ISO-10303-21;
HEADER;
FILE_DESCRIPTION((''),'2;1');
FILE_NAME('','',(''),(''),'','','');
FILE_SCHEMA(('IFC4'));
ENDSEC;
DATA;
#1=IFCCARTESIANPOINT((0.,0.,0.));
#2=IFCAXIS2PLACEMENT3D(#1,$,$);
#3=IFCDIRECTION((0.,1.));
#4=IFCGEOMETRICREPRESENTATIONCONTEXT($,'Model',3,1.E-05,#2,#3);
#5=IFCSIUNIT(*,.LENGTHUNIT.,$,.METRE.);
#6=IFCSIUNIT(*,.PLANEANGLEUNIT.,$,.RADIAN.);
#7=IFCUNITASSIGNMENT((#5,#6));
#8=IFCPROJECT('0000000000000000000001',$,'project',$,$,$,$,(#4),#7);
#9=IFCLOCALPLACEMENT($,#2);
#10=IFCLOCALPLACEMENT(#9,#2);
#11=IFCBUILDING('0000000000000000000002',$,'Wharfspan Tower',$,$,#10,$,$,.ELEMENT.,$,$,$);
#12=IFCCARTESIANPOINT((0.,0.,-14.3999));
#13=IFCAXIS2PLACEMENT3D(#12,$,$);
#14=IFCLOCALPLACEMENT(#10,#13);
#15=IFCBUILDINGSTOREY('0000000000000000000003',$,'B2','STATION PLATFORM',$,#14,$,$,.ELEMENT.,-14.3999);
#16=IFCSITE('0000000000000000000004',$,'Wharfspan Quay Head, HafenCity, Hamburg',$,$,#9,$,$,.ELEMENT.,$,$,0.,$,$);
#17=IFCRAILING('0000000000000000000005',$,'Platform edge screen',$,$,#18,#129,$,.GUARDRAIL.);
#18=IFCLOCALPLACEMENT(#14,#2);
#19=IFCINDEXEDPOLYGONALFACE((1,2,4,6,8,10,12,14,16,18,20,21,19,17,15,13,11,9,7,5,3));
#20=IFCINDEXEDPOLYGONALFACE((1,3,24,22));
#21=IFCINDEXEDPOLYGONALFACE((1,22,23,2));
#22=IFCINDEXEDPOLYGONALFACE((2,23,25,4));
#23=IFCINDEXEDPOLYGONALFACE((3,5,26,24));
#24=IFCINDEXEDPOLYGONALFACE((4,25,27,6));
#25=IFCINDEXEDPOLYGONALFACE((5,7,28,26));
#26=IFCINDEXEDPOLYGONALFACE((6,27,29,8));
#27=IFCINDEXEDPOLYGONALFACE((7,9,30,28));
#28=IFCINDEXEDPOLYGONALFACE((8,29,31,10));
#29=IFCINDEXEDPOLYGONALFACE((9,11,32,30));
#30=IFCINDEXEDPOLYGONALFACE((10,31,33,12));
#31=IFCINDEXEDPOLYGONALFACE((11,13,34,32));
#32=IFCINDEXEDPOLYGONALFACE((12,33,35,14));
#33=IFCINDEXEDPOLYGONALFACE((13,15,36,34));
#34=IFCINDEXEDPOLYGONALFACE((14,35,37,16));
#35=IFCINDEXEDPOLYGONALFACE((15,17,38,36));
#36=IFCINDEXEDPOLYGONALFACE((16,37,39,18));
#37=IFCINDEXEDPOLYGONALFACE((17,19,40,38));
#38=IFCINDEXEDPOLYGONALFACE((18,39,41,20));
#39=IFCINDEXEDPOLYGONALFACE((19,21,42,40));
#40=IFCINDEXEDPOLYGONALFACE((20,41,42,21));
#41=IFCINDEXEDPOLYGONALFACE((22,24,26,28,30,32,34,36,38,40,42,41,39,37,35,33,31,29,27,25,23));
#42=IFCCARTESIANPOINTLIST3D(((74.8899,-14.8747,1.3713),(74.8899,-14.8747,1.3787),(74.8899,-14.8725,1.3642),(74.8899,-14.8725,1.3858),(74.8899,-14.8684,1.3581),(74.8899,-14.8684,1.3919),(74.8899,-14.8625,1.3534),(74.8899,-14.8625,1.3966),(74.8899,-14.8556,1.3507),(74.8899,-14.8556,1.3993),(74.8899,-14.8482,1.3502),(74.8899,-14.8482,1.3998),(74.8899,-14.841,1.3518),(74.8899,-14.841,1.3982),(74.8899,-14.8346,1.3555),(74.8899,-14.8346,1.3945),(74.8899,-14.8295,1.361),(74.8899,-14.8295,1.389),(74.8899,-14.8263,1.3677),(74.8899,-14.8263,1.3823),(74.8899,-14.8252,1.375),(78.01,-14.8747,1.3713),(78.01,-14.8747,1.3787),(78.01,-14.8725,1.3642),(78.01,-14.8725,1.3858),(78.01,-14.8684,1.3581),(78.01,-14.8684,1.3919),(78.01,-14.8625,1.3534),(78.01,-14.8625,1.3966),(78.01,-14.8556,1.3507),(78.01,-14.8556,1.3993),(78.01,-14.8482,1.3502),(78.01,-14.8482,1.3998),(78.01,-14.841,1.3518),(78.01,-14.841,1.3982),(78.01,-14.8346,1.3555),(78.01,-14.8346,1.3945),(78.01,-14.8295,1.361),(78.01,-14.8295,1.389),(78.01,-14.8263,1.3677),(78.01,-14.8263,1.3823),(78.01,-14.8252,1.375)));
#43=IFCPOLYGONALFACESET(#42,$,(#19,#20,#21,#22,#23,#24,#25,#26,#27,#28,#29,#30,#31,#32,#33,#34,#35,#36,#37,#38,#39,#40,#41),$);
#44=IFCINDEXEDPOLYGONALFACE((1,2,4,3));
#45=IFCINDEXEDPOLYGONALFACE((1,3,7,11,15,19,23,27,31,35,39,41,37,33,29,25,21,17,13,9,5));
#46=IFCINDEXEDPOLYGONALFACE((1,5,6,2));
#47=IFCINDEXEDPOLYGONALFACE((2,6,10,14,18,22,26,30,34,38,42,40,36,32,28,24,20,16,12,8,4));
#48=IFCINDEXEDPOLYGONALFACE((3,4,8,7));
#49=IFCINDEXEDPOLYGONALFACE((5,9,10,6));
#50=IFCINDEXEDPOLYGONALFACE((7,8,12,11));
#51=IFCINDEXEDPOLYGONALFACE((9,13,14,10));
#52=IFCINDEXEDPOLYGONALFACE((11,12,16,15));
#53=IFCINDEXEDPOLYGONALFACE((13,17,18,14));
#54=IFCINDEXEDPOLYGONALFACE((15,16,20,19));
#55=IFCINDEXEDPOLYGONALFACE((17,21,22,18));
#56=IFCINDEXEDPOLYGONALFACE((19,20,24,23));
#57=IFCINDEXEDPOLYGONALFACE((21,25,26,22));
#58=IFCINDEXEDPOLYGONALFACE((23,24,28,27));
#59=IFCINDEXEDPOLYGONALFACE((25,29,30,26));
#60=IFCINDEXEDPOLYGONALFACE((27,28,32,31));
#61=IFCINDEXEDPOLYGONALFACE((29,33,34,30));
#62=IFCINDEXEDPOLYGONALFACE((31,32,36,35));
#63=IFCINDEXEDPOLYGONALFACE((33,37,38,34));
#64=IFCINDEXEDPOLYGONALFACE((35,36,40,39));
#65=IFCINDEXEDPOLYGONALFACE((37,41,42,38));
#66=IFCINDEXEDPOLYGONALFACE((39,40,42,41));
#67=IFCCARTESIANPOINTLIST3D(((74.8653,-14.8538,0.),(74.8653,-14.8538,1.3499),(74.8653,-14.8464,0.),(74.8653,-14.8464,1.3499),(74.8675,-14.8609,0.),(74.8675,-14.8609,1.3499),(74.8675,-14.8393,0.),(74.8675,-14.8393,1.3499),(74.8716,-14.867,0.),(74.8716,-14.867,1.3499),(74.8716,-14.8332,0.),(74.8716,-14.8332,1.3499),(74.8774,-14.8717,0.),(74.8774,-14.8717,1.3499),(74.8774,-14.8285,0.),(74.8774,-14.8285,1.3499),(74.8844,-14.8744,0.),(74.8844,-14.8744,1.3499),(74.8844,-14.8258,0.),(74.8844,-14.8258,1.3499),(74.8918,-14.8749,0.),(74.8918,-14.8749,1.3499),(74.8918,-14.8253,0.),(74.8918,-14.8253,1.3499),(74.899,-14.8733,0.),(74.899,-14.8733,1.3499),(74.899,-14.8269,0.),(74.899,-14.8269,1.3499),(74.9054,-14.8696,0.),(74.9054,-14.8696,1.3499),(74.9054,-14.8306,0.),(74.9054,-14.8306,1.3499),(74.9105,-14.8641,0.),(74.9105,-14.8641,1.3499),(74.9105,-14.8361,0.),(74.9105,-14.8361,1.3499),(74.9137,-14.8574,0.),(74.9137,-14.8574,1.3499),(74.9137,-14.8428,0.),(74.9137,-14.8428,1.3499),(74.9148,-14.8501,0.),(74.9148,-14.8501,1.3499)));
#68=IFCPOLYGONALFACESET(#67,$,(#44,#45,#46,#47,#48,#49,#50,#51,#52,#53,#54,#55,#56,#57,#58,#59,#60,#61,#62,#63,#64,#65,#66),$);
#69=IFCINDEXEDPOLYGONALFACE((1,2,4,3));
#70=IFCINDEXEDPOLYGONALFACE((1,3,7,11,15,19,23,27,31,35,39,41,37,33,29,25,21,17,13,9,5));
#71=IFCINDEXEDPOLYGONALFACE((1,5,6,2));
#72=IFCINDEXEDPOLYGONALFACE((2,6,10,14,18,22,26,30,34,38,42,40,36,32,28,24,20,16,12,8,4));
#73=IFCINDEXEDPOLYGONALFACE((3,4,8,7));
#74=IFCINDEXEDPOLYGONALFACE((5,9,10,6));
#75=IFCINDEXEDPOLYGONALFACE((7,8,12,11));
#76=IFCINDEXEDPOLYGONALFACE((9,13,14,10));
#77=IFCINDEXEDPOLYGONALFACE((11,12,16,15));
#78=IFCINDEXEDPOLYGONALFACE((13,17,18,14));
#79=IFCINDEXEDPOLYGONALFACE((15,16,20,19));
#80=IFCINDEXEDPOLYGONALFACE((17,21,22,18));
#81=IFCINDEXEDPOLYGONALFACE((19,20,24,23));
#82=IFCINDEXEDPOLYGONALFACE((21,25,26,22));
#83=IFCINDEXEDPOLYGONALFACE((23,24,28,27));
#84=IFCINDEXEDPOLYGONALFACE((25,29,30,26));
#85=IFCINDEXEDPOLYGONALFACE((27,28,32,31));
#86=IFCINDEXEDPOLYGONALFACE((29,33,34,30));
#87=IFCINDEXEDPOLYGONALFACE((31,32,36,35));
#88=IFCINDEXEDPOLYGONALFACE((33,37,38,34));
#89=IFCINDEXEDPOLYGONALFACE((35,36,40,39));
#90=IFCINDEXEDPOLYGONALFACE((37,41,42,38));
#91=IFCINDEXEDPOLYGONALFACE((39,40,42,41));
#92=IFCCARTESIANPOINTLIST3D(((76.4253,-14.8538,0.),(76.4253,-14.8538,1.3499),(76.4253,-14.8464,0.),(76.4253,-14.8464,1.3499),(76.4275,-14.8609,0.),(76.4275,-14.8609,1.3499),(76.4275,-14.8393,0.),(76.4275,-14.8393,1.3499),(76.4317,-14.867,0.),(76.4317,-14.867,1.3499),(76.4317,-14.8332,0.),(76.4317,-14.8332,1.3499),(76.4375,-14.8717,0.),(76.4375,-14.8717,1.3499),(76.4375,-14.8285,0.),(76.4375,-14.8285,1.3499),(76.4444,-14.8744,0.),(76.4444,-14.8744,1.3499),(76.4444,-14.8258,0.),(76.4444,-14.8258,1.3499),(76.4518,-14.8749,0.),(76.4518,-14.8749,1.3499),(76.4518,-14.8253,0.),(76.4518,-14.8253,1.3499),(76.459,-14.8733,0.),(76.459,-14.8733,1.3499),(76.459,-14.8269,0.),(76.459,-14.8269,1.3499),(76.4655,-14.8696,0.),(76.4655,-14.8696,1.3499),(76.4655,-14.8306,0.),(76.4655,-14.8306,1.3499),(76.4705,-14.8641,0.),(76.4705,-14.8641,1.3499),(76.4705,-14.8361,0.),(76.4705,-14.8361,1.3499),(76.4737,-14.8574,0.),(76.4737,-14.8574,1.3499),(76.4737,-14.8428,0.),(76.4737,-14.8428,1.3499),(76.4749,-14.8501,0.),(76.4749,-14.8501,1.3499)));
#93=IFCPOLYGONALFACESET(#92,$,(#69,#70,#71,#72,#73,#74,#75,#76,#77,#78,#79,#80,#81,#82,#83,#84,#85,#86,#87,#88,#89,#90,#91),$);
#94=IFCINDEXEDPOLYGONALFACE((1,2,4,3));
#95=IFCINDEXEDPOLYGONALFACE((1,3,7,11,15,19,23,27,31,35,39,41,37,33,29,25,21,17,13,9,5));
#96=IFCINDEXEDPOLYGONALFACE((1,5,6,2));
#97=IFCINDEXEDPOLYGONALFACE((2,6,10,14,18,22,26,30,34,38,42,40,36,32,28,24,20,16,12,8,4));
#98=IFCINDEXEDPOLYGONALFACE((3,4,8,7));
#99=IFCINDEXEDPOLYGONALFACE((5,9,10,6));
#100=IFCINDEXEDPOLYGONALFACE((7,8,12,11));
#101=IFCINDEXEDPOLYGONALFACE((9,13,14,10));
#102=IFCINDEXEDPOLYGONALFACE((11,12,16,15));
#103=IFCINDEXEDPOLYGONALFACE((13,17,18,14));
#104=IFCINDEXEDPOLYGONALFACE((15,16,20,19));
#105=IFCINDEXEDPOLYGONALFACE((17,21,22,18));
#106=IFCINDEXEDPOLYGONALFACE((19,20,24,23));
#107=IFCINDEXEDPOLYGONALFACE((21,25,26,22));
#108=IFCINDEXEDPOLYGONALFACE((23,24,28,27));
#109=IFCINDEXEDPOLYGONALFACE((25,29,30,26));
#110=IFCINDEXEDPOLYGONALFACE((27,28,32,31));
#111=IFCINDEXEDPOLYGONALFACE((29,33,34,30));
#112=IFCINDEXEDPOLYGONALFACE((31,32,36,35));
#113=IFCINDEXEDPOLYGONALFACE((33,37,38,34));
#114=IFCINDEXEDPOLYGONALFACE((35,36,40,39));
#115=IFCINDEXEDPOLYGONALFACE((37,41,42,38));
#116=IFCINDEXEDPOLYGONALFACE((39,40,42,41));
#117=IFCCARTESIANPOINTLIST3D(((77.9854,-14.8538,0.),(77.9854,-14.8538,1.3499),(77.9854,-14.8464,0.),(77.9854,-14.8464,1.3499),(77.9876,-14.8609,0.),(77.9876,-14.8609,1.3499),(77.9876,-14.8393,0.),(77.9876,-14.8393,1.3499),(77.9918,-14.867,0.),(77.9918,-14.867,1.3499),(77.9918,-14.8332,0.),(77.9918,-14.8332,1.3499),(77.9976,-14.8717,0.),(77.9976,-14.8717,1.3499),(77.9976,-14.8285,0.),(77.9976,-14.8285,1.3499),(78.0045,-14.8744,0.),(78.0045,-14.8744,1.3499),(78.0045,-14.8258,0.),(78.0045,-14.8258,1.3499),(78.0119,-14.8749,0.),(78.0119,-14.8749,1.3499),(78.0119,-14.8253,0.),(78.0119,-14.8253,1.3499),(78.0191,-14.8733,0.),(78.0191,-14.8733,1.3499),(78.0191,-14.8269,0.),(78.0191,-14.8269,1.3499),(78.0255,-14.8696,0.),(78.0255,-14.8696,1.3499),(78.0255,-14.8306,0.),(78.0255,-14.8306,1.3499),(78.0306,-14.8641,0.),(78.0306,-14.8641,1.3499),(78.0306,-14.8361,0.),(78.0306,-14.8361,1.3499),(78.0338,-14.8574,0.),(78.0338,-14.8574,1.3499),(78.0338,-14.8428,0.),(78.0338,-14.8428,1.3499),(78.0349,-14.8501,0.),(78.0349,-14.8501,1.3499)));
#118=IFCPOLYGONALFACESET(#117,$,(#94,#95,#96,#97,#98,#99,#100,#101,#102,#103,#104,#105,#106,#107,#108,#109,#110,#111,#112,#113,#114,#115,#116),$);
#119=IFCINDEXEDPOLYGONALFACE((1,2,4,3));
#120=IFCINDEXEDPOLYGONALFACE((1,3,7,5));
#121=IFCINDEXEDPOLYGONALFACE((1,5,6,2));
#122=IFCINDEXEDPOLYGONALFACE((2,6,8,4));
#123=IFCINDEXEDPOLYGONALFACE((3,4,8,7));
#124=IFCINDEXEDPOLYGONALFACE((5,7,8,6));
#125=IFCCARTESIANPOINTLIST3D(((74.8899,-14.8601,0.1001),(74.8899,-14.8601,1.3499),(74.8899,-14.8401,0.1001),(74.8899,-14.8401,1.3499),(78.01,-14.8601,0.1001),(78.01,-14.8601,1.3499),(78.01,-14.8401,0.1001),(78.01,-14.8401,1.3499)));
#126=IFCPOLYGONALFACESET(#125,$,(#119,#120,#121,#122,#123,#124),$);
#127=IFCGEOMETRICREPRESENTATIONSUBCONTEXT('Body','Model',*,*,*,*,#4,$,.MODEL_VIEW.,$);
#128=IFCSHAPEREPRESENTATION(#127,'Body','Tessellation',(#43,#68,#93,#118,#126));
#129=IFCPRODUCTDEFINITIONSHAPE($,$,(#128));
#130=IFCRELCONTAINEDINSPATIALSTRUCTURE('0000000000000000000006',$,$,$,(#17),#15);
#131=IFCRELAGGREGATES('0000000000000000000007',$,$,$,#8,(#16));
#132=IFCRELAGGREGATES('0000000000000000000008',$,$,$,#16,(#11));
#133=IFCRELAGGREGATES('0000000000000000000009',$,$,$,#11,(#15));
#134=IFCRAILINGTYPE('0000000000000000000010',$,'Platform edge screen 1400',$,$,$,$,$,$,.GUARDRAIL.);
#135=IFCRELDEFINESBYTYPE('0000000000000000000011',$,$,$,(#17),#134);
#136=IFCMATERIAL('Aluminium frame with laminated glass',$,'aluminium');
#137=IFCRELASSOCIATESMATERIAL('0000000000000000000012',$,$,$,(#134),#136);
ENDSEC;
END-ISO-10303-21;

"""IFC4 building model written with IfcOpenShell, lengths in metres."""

from ifc_helpers import new_model, si_unit, direction, frame, origin, origin_2d, place, context, subcontext, project, spatial, rectangle, circle, extrude, material, type_object, element, save


model = new_model("IFC4")

# Units and contexts
model_context = context("Model", 3, precision=1e-05, world=origin(), true_north=direction((0.0, 1.0)))
body_context = subcontext(model_context, "Body", "Model", "MODEL_VIEW")
ifc_project = project(units=[si_unit("LENGTHUNIT", "METRE"), si_unit("PLANEANGLEUNIT", "RADIAN")], contexts=[model_context])

# Site, building, storey
site_placement = place(None, origin())
site = spatial("IfcSite", under=ifc_project, at=site_placement, Name="Wharfspan Quay Head, HafenCity, Hamburg", CompositionType="ELEMENT", RefElevation=0.0)
building_placement = place(site_placement, origin())
building = spatial("IfcBuilding", under=site, at=building_placement, Name="Wharfspan Tower", CompositionType="ELEMENT")
storey_placement = place(building_placement, frame((0.0, 0.0, -14.3999)))
storey = spatial("IfcBuildingStorey", under=building, at=storey_placement, Name="B2", Description="STATION PLATFORM", CompositionType="ELEMENT", Elevation=-14.3999)

# Railing
ifc_material_1 = material(Name="Aluminium frame with laminated glass", Category="aluminium")
railing_type_1 = type_object("IfcRailingType", Name="Platform edge screen 1400", PredefinedType="GUARDRAIL", material=ifc_material_1)
for number, where, name in (
    (1, (74.8899, -14.8501, 0.0), "Platform edge screen"),
):
    element("IfcRailing", number, at=place(storey_placement, frame(where)), inside=storey, type_object=railing_type_1, Name=name, PredefinedType="GUARDRAIL", context=body_context, shape_type="SweptSolid", body=[
        extrude(circle(Radius=0.0249, at=origin_2d()), frame((0.0, 0.0, 1.375), z_axis=(1.0, 0.0, 0.0), x_axis=(0.0, 1.0, 0.0)), (0.0, 0.0, 1.0), 3.1201),
        extrude(circle(Radius=0.0249, at=origin_2d()), origin(), (0.0, 0.0, 1.0), 1.3499),
        extrude(circle(Radius=0.0249, at=origin_2d()), frame((1.5601, 0.0, 0.0)), (0.0, 0.0, 1.0), 1.3499),
        extrude(circle(Radius=0.0249, at=origin_2d()), frame((3.1201, 0.0, 0.0)), (0.0, 0.0, 1.0), 1.3499),
        extrude(rectangle(XDim=3.1201, YDim=0.02, at=origin_2d()), frame((1.5601, 0.0, 0.1001), z_axis=(0.0, 0.0, 1.0), x_axis=(1.0, 0.0, 0.0)), (0.0, 0.0, 1.0), 1.2498),
    ])

save(model, "model.ifc")
